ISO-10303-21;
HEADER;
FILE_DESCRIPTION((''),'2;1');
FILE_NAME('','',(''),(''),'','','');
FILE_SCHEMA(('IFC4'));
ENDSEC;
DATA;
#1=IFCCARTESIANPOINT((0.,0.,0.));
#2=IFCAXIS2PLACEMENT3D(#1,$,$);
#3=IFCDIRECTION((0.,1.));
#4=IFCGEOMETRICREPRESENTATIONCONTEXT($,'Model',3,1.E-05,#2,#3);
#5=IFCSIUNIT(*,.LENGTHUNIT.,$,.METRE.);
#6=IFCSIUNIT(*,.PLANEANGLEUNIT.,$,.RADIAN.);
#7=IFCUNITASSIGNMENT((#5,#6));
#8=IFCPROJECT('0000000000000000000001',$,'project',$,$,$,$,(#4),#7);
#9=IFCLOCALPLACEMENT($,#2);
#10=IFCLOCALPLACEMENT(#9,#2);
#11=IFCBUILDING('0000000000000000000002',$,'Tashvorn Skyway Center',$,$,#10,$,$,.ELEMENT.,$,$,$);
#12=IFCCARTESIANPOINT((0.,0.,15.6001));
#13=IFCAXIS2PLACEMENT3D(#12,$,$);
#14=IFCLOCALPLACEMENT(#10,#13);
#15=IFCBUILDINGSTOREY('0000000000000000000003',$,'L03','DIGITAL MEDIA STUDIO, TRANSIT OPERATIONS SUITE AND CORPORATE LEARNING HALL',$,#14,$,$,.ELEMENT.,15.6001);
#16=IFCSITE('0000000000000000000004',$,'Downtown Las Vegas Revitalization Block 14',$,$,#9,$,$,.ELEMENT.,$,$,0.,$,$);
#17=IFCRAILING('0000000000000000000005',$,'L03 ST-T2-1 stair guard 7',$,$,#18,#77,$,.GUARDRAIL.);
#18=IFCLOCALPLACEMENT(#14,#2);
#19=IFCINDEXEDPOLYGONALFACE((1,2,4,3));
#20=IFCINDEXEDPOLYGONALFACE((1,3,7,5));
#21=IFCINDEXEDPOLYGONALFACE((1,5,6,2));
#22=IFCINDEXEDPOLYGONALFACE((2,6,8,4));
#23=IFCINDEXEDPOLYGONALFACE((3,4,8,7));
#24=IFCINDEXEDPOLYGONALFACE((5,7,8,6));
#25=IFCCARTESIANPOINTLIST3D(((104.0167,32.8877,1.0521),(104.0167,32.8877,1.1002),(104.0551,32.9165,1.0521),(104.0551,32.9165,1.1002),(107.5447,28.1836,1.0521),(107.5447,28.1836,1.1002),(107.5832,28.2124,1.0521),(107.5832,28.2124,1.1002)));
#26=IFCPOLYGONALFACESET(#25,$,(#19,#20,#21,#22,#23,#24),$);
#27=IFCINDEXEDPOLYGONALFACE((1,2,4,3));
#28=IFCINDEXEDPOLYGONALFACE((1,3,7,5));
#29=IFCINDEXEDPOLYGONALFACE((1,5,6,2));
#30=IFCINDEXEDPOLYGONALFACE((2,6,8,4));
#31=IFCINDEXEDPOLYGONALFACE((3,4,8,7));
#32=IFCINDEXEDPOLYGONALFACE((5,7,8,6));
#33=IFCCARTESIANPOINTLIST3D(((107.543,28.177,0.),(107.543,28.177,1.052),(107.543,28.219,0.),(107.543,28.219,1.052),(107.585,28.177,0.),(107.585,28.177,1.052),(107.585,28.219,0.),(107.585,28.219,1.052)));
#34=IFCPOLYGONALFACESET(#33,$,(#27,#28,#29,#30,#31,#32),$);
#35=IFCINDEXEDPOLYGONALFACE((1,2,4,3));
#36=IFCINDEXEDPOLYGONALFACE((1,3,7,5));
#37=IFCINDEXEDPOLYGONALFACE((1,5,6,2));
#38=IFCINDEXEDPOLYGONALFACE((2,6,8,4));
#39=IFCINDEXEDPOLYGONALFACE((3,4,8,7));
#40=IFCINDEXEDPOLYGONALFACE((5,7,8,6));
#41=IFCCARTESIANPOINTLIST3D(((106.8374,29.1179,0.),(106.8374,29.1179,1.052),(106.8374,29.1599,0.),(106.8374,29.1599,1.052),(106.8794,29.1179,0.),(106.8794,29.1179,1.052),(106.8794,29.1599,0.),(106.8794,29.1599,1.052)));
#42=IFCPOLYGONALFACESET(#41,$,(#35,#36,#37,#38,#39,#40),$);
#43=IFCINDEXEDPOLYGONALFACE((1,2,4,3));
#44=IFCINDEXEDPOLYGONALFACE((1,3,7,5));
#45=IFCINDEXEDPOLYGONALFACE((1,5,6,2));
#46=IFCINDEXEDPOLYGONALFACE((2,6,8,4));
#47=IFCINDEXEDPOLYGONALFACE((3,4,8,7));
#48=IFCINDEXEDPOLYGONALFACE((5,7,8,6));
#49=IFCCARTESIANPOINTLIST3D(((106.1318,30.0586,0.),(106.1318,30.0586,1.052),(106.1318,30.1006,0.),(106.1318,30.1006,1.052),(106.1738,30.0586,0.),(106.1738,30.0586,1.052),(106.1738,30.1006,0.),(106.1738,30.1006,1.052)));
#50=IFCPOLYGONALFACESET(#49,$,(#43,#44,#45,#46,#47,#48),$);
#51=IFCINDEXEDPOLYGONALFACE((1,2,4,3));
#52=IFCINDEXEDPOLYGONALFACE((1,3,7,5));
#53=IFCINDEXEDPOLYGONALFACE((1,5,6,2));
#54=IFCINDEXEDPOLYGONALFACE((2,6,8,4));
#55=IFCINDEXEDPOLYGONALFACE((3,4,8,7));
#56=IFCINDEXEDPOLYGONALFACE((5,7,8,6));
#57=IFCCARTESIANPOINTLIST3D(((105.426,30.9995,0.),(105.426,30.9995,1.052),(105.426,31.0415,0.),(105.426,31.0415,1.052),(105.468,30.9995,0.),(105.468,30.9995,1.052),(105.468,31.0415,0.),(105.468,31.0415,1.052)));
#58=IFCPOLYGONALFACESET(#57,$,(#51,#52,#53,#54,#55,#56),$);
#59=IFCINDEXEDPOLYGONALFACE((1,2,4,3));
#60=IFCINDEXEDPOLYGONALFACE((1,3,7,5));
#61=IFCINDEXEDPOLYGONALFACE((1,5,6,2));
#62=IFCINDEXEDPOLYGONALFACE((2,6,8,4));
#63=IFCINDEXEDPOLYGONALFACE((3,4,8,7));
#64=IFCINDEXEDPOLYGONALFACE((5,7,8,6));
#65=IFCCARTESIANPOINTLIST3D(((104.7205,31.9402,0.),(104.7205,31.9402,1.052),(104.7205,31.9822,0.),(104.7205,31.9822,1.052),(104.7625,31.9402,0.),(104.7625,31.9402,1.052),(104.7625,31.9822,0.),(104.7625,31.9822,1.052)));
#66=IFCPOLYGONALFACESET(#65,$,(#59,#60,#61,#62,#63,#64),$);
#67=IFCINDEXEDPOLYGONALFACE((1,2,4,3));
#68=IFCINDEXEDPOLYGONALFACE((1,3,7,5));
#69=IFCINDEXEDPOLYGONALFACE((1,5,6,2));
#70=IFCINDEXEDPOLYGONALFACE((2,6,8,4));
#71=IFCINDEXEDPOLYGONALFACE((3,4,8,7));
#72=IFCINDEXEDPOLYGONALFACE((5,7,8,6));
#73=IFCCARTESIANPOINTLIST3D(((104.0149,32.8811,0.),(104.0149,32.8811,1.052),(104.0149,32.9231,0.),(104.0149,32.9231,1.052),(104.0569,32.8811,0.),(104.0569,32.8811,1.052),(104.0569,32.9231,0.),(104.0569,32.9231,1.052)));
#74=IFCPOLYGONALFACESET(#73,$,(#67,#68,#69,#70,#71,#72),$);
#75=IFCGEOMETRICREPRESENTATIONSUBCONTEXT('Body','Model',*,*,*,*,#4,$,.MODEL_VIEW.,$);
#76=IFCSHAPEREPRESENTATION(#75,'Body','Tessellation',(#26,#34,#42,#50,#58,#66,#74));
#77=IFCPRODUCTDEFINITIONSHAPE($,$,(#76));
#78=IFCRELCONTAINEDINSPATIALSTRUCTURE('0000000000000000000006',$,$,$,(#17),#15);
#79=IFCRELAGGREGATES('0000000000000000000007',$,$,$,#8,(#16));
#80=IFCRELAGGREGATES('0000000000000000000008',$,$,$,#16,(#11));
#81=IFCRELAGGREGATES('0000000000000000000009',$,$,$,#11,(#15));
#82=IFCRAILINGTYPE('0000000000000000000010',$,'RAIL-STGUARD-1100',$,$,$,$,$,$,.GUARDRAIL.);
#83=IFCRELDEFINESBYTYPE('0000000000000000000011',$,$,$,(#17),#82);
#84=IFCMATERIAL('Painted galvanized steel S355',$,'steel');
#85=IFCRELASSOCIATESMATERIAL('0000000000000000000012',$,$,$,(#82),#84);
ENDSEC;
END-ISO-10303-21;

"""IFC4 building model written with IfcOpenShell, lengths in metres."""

from ifc_helpers import new_model, si_unit, direction, frame, origin, origin_2d, place, context, subcontext, project, spatial, rectangle, extrude, material, type_object, element, save


model = new_model("IFC4")

# Units and contexts
model_context = context("Model", 3, precision=1e-05, world=origin(), true_north=direction((0.0, 1.0)))
body_context = subcontext(model_context, "Body", "Model", "MODEL_VIEW")
ifc_project = project(units=[si_unit("LENGTHUNIT", "METRE"), si_unit("PLANEANGLEUNIT", "RADIAN")], contexts=[model_context])

# Site, building, storey
site_placement = place(None, origin())
site = spatial("IfcSite", under=ifc_project, at=site_placement, Name="Downtown Las Vegas Revitalization Block 14", CompositionType="ELEMENT", RefElevation=0.0)
building_placement = place(site_placement, origin())
building = spatial("IfcBuilding", under=site, at=building_placement, Name="Tashvorn Skyway Center", CompositionType="ELEMENT")
storey_placement = place(building_placement, frame((0.0, 0.0, 15.6001)))
storey = spatial("IfcBuildingStorey", under=building, at=storey_placement, Name="L03", Description="DIGITAL MEDIA STUDIO, TRANSIT OPERATIONS SUITE AND CORPORATE LEARNING HALL", CompositionType="ELEMENT", Elevation=15.6001)

# Railing
ifc_material_1 = material(Name="Painted galvanized steel S355", Category="steel")
railing_type_1 = type_object("IfcRailingType", Name="RAIL-STGUARD-1100", PredefinedType="GUARDRAIL", material=ifc_material_1)
railing_1_placement = place(storey_placement, frame((107.564, 28.198, 0.0)))
element("IfcRailing", 1, at=railing_1_placement, inside=storey, type_object=railing_type_1, Name="L03 ST-T2-1 stair guard 7", PredefinedType="GUARDRAIL", context=body_context, shape_type="SweptSolid", body=[
    extrude(rectangle(XDim=0.0481, YDim=0.0481, at=origin_2d()), frame((0.0, 0.0, 1.0762), z_axis=(-0.6, 0.8, 0.0), x_axis=(-0.8, -0.6, 0.0)), (0.0, 0.0, 1.0), 5.8801),
    extrude(rectangle(XDim=0.042, YDim=0.042, at=origin_2d()), origin(), (0.0, 0.0, 1.0), 1.052),
    extrude(rectangle(XDim=0.042, YDim=0.042, at=origin_2d()), frame((-0.7056, 0.9409, 0.0)), (0.0, 0.0, 1.0), 1.052),
    extrude(rectangle(XDim=0.042, YDim=0.042, at=origin_2d()), frame((-1.4111, 1.8816, 0.0)), (0.0, 0.0, 1.0), 1.052),
    extrude(rectangle(XDim=0.042, YDim=0.042, at=origin_2d()), frame((-2.1169, 2.8225, 0.0)), (0.0, 0.0, 1.0), 1.052),
    extrude(rectangle(XDim=0.042, YDim=0.042, at=origin_2d()), frame((-2.8225, 3.7632, 0.0)), (0.0, 0.0, 1.0), 1.052),
    extrude(rectangle(XDim=0.042, YDim=0.042, at=origin_2d()), frame((-3.5281, 4.7041, 0.0)), (0.0, 0.0, 1.0), 1.052),
])

save(model, "model.ifc")
